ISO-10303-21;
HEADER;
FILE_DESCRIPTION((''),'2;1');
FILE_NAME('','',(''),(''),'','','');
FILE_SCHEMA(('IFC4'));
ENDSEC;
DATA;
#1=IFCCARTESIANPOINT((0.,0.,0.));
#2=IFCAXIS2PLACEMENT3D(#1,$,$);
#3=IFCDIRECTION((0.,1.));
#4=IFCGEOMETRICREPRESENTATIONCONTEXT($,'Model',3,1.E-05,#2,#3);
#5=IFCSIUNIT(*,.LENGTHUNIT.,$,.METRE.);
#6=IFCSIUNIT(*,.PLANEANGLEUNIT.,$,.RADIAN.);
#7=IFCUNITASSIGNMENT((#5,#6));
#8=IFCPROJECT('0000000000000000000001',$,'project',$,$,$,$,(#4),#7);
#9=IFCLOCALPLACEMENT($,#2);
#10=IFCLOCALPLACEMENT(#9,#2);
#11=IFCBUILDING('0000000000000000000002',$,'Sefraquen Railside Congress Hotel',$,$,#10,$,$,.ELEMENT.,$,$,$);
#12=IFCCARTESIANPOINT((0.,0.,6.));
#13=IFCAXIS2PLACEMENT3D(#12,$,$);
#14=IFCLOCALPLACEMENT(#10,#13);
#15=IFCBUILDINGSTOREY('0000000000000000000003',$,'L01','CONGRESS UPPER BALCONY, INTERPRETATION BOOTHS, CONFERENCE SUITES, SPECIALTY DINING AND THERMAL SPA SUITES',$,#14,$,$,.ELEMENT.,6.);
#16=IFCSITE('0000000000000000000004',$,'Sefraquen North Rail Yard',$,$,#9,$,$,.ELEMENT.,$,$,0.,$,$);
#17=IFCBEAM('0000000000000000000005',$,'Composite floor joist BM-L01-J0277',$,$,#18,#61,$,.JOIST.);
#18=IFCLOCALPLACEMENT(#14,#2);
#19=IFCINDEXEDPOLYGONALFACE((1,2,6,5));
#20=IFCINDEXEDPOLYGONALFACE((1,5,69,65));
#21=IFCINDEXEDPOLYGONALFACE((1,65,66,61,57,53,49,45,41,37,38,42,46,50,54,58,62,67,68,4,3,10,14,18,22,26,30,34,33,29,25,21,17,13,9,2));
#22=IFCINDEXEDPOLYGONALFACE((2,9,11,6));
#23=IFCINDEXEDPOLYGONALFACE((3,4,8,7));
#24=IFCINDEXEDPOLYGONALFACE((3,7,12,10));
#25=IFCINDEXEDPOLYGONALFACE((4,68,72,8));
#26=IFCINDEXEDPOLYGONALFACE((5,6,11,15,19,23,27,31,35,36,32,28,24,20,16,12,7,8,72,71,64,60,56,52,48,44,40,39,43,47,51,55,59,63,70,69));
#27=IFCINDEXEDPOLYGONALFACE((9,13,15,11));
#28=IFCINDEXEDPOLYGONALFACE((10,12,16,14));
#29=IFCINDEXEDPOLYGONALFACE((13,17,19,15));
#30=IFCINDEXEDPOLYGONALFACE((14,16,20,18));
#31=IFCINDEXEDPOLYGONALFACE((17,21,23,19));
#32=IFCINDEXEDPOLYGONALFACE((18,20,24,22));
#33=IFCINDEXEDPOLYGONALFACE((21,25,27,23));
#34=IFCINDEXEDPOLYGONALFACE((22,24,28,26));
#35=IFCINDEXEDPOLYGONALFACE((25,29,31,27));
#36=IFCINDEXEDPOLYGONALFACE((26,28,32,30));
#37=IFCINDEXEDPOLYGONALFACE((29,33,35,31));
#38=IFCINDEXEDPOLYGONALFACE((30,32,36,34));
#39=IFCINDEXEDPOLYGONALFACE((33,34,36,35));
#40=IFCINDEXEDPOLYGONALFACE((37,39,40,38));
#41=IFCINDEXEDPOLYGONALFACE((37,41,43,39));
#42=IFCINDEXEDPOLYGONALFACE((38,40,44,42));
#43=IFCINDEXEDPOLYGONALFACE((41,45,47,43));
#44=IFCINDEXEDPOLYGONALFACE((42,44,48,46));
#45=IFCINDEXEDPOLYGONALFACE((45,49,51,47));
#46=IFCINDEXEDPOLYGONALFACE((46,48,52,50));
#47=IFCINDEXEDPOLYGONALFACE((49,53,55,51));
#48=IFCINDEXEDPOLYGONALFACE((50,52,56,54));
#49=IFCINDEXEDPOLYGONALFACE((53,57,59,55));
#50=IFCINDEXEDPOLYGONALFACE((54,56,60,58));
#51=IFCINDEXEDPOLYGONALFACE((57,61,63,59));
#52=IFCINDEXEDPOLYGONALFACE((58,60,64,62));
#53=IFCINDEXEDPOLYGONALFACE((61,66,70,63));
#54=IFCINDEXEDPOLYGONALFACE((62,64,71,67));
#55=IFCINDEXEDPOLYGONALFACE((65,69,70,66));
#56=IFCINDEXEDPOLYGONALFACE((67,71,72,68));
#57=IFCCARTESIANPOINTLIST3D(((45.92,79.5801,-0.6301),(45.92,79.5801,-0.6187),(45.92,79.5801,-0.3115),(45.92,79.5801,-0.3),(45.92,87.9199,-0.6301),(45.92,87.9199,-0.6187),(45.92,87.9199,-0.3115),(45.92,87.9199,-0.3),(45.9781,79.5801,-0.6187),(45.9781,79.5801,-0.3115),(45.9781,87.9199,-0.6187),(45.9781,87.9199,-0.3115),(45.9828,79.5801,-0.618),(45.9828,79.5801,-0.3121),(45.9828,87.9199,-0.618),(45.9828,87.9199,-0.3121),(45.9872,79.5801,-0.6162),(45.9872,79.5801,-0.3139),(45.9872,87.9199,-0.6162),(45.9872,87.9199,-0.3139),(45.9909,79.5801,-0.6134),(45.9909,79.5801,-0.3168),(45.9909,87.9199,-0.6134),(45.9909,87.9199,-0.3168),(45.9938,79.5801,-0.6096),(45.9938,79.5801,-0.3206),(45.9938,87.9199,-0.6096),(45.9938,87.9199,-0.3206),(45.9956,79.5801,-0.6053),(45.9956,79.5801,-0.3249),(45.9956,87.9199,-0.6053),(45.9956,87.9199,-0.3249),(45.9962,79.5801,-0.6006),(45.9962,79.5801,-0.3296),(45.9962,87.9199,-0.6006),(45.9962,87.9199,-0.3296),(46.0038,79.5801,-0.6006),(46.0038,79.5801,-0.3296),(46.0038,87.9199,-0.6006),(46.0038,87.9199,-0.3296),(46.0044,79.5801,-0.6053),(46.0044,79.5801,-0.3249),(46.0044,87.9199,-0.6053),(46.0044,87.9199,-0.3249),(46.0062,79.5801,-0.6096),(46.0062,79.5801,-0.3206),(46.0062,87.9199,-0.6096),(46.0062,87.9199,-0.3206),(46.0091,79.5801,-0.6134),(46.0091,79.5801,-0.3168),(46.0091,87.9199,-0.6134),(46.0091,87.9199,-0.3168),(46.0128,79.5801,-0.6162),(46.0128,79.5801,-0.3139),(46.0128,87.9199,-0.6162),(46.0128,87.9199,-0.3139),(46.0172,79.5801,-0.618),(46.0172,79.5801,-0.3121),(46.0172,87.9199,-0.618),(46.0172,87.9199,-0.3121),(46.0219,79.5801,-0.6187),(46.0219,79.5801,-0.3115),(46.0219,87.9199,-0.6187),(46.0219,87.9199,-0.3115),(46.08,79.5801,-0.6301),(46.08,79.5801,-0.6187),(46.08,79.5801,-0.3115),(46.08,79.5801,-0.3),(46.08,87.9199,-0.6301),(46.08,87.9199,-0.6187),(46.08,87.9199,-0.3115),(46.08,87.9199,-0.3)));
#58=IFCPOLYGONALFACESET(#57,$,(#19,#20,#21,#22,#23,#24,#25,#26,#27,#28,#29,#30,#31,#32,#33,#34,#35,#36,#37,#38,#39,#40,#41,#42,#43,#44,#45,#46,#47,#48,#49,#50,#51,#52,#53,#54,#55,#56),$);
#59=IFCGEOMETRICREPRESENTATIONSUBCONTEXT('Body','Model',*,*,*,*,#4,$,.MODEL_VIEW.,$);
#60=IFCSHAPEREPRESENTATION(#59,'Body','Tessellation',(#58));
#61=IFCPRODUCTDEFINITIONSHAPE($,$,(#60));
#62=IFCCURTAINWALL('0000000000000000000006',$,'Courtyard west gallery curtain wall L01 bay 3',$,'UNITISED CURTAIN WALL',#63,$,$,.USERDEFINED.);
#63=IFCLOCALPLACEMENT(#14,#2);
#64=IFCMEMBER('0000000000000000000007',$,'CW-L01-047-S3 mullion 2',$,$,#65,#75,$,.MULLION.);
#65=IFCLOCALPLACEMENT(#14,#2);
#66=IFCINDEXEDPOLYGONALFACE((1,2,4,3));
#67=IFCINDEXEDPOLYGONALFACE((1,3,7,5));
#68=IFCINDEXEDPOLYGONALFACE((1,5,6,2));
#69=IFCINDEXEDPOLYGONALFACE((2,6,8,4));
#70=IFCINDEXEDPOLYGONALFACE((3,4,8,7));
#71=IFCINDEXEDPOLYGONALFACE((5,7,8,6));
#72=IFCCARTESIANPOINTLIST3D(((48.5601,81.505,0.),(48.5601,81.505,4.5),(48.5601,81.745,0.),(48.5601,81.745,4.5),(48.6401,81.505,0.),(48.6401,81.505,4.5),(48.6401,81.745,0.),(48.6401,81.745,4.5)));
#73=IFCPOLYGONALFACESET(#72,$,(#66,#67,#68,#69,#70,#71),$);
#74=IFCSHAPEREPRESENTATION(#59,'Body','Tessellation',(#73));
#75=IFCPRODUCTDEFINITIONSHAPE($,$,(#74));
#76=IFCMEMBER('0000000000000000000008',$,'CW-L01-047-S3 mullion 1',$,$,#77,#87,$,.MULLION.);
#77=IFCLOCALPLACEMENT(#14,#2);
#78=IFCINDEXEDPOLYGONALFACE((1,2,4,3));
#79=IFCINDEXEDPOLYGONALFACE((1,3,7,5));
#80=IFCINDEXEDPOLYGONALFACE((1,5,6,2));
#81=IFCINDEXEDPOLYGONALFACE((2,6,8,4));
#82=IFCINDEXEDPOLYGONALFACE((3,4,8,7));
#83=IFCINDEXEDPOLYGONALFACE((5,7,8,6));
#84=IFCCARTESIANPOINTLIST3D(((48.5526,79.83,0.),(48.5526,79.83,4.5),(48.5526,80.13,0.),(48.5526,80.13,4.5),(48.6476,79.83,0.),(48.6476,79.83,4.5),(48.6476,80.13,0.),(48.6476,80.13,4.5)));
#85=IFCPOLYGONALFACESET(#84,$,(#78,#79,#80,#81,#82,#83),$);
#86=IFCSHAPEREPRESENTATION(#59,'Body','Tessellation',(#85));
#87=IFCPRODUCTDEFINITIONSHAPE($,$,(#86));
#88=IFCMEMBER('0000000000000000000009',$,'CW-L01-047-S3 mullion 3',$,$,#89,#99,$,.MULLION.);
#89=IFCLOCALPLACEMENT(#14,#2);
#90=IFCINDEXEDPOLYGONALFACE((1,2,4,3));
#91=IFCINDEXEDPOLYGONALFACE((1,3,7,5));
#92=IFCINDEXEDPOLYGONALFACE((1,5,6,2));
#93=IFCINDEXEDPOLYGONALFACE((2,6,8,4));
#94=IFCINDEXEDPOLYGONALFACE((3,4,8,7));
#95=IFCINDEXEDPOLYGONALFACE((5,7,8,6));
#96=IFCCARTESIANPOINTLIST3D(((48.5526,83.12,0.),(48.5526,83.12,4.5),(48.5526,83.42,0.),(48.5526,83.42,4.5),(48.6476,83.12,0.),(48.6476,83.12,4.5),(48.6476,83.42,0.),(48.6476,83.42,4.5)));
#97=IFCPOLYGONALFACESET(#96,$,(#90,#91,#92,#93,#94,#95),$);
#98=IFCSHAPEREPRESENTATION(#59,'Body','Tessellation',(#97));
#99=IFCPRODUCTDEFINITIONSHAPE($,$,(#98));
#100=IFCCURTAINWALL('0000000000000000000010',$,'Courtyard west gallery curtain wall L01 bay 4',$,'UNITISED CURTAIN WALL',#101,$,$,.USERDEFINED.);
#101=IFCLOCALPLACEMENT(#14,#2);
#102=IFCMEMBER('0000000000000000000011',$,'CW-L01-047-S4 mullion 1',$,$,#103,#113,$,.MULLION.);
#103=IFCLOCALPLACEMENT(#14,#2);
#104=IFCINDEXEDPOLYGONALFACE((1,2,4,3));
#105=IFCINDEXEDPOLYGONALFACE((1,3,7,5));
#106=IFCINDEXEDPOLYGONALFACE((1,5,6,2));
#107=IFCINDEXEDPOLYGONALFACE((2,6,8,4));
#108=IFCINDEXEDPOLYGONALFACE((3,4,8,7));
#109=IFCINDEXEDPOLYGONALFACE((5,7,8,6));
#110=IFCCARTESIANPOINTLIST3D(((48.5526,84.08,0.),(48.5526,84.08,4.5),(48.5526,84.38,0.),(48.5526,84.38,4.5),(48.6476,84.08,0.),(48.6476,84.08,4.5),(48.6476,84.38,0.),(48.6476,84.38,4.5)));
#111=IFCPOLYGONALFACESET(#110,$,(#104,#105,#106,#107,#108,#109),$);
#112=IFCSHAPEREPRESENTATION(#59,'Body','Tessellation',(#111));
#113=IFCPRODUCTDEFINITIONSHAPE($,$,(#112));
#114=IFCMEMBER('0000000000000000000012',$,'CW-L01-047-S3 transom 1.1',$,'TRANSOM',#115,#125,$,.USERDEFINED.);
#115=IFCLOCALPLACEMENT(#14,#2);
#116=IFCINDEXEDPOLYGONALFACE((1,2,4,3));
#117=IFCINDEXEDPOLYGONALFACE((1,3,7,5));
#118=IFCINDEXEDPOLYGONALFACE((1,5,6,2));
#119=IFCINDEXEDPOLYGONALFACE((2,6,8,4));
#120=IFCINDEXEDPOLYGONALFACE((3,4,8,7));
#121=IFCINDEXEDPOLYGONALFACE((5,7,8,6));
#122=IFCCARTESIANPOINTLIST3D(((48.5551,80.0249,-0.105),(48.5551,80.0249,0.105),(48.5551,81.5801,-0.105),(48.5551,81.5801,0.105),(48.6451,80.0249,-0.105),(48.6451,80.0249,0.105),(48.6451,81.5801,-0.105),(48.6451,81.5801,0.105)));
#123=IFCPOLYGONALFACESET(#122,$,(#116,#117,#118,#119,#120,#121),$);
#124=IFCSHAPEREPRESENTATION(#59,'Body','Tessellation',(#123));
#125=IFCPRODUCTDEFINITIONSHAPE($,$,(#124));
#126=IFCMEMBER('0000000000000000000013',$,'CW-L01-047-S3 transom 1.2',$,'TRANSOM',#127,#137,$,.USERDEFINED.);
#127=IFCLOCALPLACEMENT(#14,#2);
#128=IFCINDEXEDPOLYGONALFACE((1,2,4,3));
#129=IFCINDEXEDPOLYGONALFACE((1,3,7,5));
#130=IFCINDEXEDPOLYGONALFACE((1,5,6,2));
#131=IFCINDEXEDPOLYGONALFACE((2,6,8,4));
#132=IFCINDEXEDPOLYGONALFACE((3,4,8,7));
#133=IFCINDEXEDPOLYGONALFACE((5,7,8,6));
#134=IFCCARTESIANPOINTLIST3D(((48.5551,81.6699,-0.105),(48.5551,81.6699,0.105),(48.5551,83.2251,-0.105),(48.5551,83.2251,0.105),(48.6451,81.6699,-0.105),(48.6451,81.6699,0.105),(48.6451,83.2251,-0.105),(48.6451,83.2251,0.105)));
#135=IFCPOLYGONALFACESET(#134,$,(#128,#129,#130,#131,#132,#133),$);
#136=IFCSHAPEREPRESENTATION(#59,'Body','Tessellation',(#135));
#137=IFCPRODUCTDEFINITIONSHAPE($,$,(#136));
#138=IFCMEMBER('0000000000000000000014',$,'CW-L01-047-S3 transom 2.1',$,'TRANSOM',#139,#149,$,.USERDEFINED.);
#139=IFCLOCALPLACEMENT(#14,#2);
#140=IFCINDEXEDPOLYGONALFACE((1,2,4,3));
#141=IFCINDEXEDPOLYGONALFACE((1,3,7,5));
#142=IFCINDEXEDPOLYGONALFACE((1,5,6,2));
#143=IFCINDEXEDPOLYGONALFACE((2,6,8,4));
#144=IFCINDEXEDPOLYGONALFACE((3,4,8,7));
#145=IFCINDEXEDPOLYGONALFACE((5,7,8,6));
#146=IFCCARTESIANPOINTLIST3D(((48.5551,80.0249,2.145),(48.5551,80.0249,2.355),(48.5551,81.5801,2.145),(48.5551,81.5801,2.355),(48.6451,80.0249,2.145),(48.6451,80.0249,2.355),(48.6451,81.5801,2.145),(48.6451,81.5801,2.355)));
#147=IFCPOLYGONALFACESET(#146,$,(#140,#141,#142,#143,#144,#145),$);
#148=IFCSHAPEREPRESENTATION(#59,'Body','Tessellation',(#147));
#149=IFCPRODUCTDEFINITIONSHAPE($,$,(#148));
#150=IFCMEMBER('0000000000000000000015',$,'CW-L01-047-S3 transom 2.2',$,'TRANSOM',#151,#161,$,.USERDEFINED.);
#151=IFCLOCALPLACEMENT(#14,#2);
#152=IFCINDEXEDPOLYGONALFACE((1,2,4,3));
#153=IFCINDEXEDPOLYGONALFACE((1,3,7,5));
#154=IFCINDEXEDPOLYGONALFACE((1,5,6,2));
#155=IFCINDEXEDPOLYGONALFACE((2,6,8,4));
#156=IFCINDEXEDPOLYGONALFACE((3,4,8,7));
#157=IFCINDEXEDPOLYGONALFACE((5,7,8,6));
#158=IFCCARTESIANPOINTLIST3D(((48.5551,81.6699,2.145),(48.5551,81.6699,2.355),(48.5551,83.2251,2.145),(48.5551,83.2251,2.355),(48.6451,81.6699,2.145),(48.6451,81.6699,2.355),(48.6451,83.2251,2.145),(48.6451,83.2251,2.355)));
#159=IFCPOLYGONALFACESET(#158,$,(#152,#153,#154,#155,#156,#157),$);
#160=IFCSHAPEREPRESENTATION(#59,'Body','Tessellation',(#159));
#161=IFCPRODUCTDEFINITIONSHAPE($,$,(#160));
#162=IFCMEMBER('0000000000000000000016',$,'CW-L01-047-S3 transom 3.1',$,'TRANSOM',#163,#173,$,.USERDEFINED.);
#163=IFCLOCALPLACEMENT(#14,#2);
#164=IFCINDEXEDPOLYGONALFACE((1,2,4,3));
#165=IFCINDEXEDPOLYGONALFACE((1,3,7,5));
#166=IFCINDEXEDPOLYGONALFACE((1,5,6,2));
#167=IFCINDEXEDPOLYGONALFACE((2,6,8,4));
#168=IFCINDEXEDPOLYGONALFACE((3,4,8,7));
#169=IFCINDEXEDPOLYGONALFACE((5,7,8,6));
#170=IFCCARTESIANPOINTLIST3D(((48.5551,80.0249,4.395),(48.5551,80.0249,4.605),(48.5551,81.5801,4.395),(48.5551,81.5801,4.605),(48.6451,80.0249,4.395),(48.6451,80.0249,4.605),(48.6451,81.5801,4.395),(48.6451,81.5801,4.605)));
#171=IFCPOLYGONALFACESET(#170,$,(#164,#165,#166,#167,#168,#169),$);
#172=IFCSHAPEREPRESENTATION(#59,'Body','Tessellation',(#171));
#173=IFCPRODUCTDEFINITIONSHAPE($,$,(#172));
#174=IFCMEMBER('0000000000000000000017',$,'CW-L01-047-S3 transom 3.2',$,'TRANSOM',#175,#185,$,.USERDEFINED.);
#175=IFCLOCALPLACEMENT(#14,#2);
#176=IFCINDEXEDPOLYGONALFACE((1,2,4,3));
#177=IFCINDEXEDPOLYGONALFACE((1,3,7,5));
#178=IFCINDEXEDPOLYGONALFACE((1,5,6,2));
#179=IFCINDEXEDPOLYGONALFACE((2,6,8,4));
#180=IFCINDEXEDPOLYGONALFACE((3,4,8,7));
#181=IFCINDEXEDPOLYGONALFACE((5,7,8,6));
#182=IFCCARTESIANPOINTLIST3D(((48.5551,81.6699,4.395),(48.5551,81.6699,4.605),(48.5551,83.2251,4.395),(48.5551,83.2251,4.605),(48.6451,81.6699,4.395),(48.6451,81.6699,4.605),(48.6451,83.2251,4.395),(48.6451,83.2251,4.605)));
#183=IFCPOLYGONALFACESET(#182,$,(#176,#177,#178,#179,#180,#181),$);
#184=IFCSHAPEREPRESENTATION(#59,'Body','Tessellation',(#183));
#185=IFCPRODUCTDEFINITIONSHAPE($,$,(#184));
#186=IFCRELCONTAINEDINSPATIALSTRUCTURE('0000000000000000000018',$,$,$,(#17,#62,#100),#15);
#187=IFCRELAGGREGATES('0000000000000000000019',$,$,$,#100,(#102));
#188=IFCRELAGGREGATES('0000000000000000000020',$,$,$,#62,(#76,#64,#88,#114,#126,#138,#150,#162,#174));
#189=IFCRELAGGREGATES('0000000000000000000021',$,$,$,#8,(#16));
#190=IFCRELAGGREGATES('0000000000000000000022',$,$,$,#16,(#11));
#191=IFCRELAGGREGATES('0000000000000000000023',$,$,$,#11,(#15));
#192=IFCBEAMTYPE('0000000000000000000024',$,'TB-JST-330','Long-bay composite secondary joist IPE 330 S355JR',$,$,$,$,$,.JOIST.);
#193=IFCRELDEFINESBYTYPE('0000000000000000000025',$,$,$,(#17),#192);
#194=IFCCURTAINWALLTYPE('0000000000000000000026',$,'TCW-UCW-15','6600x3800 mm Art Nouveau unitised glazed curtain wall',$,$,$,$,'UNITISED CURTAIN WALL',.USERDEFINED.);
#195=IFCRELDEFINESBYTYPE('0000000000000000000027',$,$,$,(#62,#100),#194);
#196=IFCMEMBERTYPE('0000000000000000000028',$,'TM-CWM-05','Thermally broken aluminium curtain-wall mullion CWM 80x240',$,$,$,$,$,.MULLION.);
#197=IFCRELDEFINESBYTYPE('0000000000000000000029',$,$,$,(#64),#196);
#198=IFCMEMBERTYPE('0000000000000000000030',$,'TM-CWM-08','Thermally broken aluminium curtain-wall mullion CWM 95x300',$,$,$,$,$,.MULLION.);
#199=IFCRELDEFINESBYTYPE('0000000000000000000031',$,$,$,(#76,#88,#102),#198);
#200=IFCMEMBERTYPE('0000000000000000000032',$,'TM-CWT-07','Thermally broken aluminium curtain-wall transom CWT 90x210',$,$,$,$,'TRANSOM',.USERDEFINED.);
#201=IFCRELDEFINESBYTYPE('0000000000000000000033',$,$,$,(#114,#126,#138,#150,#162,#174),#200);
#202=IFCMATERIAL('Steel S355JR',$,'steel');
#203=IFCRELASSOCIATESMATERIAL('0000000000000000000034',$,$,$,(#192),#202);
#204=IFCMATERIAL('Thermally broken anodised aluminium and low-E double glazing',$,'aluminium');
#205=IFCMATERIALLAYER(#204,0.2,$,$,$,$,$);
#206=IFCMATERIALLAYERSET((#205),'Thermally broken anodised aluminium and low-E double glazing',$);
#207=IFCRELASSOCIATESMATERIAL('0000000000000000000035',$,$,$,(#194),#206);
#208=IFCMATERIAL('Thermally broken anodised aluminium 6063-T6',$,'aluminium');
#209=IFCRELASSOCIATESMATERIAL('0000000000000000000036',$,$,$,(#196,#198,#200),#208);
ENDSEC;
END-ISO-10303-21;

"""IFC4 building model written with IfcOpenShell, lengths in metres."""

from ifc_helpers import new_model, si_unit, direction, frame, origin, origin_2d, place, context, subcontext, project, spatial, rectangle, i_section, extrude, material, layer, layer_set, material_profile, profile_set, type_object, element, aggregate, save


model = new_model("IFC4")

# Units and contexts
model_context = context("Model", 3, precision=1e-05, world=origin(), true_north=direction((0.0, 1.0)))
body_context = subcontext(model_context, "Body", "Model", "MODEL_VIEW")
ifc_project = project(units=[si_unit("LENGTHUNIT", "METRE"), si_unit("PLANEANGLEUNIT", "RADIAN")], contexts=[model_context])

# Site, building, storey
site_placement = place(None, origin())
site = spatial("IfcSite", under=ifc_project, at=site_placement, Name="Sefraquen North Rail Yard", CompositionType="ELEMENT", RefElevation=0.0)
building_placement = place(site_placement, origin())
building = spatial("IfcBuilding", under=site, at=building_placement, Name="Sefraquen Railside Congress Hotel", CompositionType="ELEMENT")
storey_placement = place(building_placement, frame((0.0, 0.0, 6.0)))
storey = spatial("IfcBuildingStorey", under=building, at=storey_placement, Name="L01", Description="CONGRESS UPPER BALCONY, INTERPRETATION BOOTHS, CONFERENCE SUITES, SPECIALTY DINING AND THERMAL SPA SUITES", CompositionType="ELEMENT", Elevation=6.0)

# Shared definitions
ifc_material_1 = material(Name="Steel S355JR", Category="steel")

# Beam
ifc_material_profile_1 = material_profile(ifc_material_1, i_section(OverallWidth=0.1599, OverallDepth=0.3301, WebThickness=0.0076, FlangeThickness=0.0115, FilletRadius=0.0181, at=origin_2d()), Name="IPE 330")
ifc_profile_set_1 = profile_set([ifc_material_profile_1], Name="Steel S355JR")
beam_type_1 = type_object("IfcBeamType", Name="TB-JST-330", Description="Long-bay composite secondary joist IPE 330 S355JR", PredefinedType="JOIST", material=ifc_profile_set_1)
for number, where, z_axis, x_axis, name in (
    (1, (46.0, 79.5801, -0.4651), (0.0, 1.0, 0.0), (-1.0, 0.0, 0.0), "Composite floor joist BM-L01-J0277"),
):
    element("IfcBeam", number, at=place(storey_placement, frame(where, z_axis=z_axis, x_axis=x_axis)), inside=storey, type_object=beam_type_1, Name=name, PredefinedType="JOIST", context=body_context, shape_type="SweptSolid", body=[
        extrude(i_section(OverallWidth=0.1599, OverallDepth=0.3301, WebThickness=0.0076, FlangeThickness=0.0115, FilletRadius=0.0181, at=origin_2d()), origin(), (0.0, 0.0, 1.0), 8.3398),
    ])

# Curtain wall, members
ifc_material_2 = material(Name="Thermally broken anodised aluminium and low-E double glazing", Category="aluminium")
ifc_layer_1 = layer(ifc_material_2, 0.2)
ifc_layer_set_1 = layer_set([ifc_layer_1], Name="Thermally broken anodised aluminium and low-E double glazing")
curtain_wall_type = type_object("IfcCurtainWallType", Name="TCW-UCW-15", Description="6600x3800 mm Art Nouveau unitised glazed curtain wall", ElementType="UNITISED CURTAIN WALL", PredefinedType="USERDEFINED", material=ifc_layer_set_1)
curtain_wall_1_placement = place(storey_placement, origin())
curtain_wall_1 = element("IfcCurtainWall", 2, at=curtain_wall_1_placement, inside=storey, type_object=curtain_wall_type, Name="Courtyard west gallery curtain wall L01 bay 3", ObjectType="UNITISED CURTAIN WALL", PredefinedType="USERDEFINED")
ifc_material_3 = material(Name="Thermally broken anodised aluminium 6063-T6", Category="aluminium")
ifc_material_profile_2 = material_profile(ifc_material_3, rectangle(XDim=0.0801, YDim=0.24, at=origin_2d()), Name="CWM 80x240")
ifc_profile_set_2 = profile_set([ifc_material_profile_2], Name="Thermally broken anodised aluminium 6063-T6")
member_type_1 = type_object("IfcMemberType", Name="TM-CWM-05", Description="Thermally broken aluminium curtain-wall mullion CWM 80x240", PredefinedType="MULLION", material=ifc_profile_set_2)
member_1_placement = place(storey_placement, frame((48.6001, 81.625, 0.0), z_axis=(0.0, 0.0, 1.0), x_axis=(1.0, 0.0, 0.0)))
member_1 = element("IfcMember", 3, at=member_1_placement, type_object=member_type_1, Name="CW-L01-047-S3 mullion 2", PredefinedType="MULLION", context=body_context, shape_type="SweptSolid", body=[
    extrude(rectangle(XDim=0.0801, YDim=0.24, at=origin_2d()), origin(), (0.0, 0.0, 1.0), 4.5),
])
ifc_material_profile_3 = material_profile(ifc_material_3, rectangle(XDim=0.095, YDim=0.3, at=origin_2d()), Name="CWM 95x300")
ifc_profile_set_3 = profile_set([ifc_material_profile_3], Name="Thermally broken anodised aluminium 6063-T6")
member_type_2 = type_object("IfcMemberType", Name="TM-CWM-08", Description="Thermally broken aluminium curtain-wall mullion CWM 95x300", PredefinedType="MULLION", material=ifc_profile_set_3)
member_2_placement = place(storey_placement, frame((48.6001, 79.98, 0.0), z_axis=(0.0, 0.0, 1.0), x_axis=(1.0, 0.0, 0.0)))
member_2 = element("IfcMember", 4, at=member_2_placement, type_object=member_type_2, Name="CW-L01-047-S3 mullion 1", PredefinedType="MULLION", context=body_context, shape_type="SweptSolid", body=[
    extrude(rectangle(XDim=0.095, YDim=0.3, at=origin_2d()), origin(), (0.0, 0.0, 1.0), 4.5),
])
member_3_placement = place(storey_placement, frame((48.6001, 83.27, 0.0), z_axis=(0.0, 0.0, 1.0), x_axis=(1.0, 0.0, 0.0)))
member_3 = element("IfcMember", 5, at=member_3_placement, type_object=member_type_2, Name="CW-L01-047-S3 mullion 3", PredefinedType="MULLION", context=body_context, shape_type="SweptSolid", body=[
    extrude(rectangle(XDim=0.095, YDim=0.3, at=origin_2d()), origin(), (0.0, 0.0, 1.0), 4.5),
])

# Curtain wall, member
curtain_wall_2_placement = place(storey_placement, origin())
curtain_wall_2 = element("IfcCurtainWall", 6, at=curtain_wall_2_placement, inside=storey, type_object=curtain_wall_type, Name="Courtyard west gallery curtain wall L01 bay 4", ObjectType="UNITISED CURTAIN WALL", PredefinedType="USERDEFINED")
member_4_placement = place(storey_placement, frame((48.6001, 84.23, 0.0), z_axis=(0.0, 0.0, 1.0), x_axis=(1.0, 0.0, 0.0)))
member_4 = element("IfcMember", 7, at=member_4_placement, type_object=member_type_2, Name="CW-L01-047-S4 mullion 1", PredefinedType="MULLION", context=body_context, shape_type="SweptSolid", body=[
    extrude(rectangle(XDim=0.095, YDim=0.3, at=origin_2d()), origin(), (0.0, 0.0, 1.0), 4.5),
])
aggregate(curtain_wall_2, [member_4])

# Members
ifc_material_profile_4 = material_profile(ifc_material_3, rectangle(XDim=0.0901, YDim=0.21, at=origin_2d()), Name="CWT 90x210")
ifc_profile_set_4 = profile_set([ifc_material_profile_4], Name="Thermally broken anodised aluminium 6063-T6")
member_type_3 = type_object("IfcMemberType", Name="TM-CWT-07", Description="Thermally broken aluminium curtain-wall transom CWT 90x210", ElementType="TRANSOM", PredefinedType="USERDEFINED", material=ifc_profile_set_4)
member_5_placement = place(storey_placement, frame((48.6001, 80.0249, 0.0), z_axis=(0.0, 1.0, 0.0), x_axis=(-1.0, 0.0, 0.0)))
member_5 = element("IfcMember", 8, at=member_5_placement, type_object=member_type_3, Name="CW-L01-047-S3 transom 1.1", ObjectType="TRANSOM", PredefinedType="USERDEFINED", context=body_context, shape_type="SweptSolid", body=[
    extrude(rectangle(XDim=0.0901, YDim=0.21, at=origin_2d()), origin(), (0.0, 0.0, 1.0), 1.5552),
])
member_6_placement = place(storey_placement, frame((48.6001, 81.6699, 0.0), z_axis=(0.0, 1.0, 0.0), x_axis=(-1.0, 0.0, 0.0)))
member_6 = element("IfcMember", 9, at=member_6_placement, type_object=member_type_3, Name="CW-L01-047-S3 transom 1.2", ObjectType="TRANSOM", PredefinedType="USERDEFINED", context=body_context, shape_type="SweptSolid", body=[
    extrude(rectangle(XDim=0.0901, YDim=0.21, at=origin_2d()), origin(), (0.0, 0.0, 1.0), 1.5552),
])
member_7_placement = place(storey_placement, frame((48.6001, 80.0249, 2.25), z_axis=(0.0, 1.0, 0.0), x_axis=(-1.0, 0.0, 0.0)))
member_7 = element("IfcMember", 10, at=member_7_placement, type_object=member_type_3, Name="CW-L01-047-S3 transom 2.1", ObjectType="TRANSOM", PredefinedType="USERDEFINED", context=body_context, shape_type="SweptSolid", body=[
    extrude(rectangle(XDim=0.0901, YDim=0.21, at=origin_2d()), origin(), (0.0, 0.0, 1.0), 1.5552),
])
member_8_placement = place(storey_placement, frame((48.6001, 81.6699, 2.25), z_axis=(0.0, 1.0, 0.0), x_axis=(-1.0, 0.0, 0.0)))
member_8 = element("IfcMember", 11, at=member_8_placement, type_object=member_type_3, Name="CW-L01-047-S3 transom 2.2", ObjectType="TRANSOM", PredefinedType="USERDEFINED", context=body_context, shape_type="SweptSolid", body=[
    extrude(rectangle(XDim=0.0901, YDim=0.21, at=origin_2d()), origin(), (0.0, 0.0, 1.0), 1.5552),
])
member_9_placement = place(storey_placement, frame((48.6001, 80.0249, 4.5), z_axis=(0.0, 1.0, 0.0), x_axis=(-1.0, 0.0, 0.0)))
member_9 = element("IfcMember", 12, at=member_9_placement, type_object=member_type_3, Name="CW-L01-047-S3 transom 3.1", ObjectType="TRANSOM", PredefinedType="USERDEFINED", context=body_context, shape_type="SweptSolid", body=[
    extrude(rectangle(XDim=0.0901, YDim=0.21, at=origin_2d()), origin(), (0.0, 0.0, 1.0), 1.5552),
])
member_10_placement = place(storey_placement, frame((48.6001, 81.6699, 4.5), z_axis=(0.0, 1.0, 0.0), x_axis=(-1.0, 0.0, 0.0)))
member_10 = element("IfcMember", 13, at=member_10_placement, type_object=member_type_3, Name="CW-L01-047-S3 transom 3.2", ObjectType="TRANSOM", PredefinedType="USERDEFINED", context=body_context, shape_type="SweptSolid", body=[
    extrude(rectangle(XDim=0.0901, YDim=0.21, at=origin_2d()), origin(), (0.0, 0.0, 1.0), 1.5552),
])

aggregate(curtain_wall_1, [member_2, member_1, member_3, member_5, member_6, member_7, member_8, member_9, member_10])

save(model, "model.ifc")
